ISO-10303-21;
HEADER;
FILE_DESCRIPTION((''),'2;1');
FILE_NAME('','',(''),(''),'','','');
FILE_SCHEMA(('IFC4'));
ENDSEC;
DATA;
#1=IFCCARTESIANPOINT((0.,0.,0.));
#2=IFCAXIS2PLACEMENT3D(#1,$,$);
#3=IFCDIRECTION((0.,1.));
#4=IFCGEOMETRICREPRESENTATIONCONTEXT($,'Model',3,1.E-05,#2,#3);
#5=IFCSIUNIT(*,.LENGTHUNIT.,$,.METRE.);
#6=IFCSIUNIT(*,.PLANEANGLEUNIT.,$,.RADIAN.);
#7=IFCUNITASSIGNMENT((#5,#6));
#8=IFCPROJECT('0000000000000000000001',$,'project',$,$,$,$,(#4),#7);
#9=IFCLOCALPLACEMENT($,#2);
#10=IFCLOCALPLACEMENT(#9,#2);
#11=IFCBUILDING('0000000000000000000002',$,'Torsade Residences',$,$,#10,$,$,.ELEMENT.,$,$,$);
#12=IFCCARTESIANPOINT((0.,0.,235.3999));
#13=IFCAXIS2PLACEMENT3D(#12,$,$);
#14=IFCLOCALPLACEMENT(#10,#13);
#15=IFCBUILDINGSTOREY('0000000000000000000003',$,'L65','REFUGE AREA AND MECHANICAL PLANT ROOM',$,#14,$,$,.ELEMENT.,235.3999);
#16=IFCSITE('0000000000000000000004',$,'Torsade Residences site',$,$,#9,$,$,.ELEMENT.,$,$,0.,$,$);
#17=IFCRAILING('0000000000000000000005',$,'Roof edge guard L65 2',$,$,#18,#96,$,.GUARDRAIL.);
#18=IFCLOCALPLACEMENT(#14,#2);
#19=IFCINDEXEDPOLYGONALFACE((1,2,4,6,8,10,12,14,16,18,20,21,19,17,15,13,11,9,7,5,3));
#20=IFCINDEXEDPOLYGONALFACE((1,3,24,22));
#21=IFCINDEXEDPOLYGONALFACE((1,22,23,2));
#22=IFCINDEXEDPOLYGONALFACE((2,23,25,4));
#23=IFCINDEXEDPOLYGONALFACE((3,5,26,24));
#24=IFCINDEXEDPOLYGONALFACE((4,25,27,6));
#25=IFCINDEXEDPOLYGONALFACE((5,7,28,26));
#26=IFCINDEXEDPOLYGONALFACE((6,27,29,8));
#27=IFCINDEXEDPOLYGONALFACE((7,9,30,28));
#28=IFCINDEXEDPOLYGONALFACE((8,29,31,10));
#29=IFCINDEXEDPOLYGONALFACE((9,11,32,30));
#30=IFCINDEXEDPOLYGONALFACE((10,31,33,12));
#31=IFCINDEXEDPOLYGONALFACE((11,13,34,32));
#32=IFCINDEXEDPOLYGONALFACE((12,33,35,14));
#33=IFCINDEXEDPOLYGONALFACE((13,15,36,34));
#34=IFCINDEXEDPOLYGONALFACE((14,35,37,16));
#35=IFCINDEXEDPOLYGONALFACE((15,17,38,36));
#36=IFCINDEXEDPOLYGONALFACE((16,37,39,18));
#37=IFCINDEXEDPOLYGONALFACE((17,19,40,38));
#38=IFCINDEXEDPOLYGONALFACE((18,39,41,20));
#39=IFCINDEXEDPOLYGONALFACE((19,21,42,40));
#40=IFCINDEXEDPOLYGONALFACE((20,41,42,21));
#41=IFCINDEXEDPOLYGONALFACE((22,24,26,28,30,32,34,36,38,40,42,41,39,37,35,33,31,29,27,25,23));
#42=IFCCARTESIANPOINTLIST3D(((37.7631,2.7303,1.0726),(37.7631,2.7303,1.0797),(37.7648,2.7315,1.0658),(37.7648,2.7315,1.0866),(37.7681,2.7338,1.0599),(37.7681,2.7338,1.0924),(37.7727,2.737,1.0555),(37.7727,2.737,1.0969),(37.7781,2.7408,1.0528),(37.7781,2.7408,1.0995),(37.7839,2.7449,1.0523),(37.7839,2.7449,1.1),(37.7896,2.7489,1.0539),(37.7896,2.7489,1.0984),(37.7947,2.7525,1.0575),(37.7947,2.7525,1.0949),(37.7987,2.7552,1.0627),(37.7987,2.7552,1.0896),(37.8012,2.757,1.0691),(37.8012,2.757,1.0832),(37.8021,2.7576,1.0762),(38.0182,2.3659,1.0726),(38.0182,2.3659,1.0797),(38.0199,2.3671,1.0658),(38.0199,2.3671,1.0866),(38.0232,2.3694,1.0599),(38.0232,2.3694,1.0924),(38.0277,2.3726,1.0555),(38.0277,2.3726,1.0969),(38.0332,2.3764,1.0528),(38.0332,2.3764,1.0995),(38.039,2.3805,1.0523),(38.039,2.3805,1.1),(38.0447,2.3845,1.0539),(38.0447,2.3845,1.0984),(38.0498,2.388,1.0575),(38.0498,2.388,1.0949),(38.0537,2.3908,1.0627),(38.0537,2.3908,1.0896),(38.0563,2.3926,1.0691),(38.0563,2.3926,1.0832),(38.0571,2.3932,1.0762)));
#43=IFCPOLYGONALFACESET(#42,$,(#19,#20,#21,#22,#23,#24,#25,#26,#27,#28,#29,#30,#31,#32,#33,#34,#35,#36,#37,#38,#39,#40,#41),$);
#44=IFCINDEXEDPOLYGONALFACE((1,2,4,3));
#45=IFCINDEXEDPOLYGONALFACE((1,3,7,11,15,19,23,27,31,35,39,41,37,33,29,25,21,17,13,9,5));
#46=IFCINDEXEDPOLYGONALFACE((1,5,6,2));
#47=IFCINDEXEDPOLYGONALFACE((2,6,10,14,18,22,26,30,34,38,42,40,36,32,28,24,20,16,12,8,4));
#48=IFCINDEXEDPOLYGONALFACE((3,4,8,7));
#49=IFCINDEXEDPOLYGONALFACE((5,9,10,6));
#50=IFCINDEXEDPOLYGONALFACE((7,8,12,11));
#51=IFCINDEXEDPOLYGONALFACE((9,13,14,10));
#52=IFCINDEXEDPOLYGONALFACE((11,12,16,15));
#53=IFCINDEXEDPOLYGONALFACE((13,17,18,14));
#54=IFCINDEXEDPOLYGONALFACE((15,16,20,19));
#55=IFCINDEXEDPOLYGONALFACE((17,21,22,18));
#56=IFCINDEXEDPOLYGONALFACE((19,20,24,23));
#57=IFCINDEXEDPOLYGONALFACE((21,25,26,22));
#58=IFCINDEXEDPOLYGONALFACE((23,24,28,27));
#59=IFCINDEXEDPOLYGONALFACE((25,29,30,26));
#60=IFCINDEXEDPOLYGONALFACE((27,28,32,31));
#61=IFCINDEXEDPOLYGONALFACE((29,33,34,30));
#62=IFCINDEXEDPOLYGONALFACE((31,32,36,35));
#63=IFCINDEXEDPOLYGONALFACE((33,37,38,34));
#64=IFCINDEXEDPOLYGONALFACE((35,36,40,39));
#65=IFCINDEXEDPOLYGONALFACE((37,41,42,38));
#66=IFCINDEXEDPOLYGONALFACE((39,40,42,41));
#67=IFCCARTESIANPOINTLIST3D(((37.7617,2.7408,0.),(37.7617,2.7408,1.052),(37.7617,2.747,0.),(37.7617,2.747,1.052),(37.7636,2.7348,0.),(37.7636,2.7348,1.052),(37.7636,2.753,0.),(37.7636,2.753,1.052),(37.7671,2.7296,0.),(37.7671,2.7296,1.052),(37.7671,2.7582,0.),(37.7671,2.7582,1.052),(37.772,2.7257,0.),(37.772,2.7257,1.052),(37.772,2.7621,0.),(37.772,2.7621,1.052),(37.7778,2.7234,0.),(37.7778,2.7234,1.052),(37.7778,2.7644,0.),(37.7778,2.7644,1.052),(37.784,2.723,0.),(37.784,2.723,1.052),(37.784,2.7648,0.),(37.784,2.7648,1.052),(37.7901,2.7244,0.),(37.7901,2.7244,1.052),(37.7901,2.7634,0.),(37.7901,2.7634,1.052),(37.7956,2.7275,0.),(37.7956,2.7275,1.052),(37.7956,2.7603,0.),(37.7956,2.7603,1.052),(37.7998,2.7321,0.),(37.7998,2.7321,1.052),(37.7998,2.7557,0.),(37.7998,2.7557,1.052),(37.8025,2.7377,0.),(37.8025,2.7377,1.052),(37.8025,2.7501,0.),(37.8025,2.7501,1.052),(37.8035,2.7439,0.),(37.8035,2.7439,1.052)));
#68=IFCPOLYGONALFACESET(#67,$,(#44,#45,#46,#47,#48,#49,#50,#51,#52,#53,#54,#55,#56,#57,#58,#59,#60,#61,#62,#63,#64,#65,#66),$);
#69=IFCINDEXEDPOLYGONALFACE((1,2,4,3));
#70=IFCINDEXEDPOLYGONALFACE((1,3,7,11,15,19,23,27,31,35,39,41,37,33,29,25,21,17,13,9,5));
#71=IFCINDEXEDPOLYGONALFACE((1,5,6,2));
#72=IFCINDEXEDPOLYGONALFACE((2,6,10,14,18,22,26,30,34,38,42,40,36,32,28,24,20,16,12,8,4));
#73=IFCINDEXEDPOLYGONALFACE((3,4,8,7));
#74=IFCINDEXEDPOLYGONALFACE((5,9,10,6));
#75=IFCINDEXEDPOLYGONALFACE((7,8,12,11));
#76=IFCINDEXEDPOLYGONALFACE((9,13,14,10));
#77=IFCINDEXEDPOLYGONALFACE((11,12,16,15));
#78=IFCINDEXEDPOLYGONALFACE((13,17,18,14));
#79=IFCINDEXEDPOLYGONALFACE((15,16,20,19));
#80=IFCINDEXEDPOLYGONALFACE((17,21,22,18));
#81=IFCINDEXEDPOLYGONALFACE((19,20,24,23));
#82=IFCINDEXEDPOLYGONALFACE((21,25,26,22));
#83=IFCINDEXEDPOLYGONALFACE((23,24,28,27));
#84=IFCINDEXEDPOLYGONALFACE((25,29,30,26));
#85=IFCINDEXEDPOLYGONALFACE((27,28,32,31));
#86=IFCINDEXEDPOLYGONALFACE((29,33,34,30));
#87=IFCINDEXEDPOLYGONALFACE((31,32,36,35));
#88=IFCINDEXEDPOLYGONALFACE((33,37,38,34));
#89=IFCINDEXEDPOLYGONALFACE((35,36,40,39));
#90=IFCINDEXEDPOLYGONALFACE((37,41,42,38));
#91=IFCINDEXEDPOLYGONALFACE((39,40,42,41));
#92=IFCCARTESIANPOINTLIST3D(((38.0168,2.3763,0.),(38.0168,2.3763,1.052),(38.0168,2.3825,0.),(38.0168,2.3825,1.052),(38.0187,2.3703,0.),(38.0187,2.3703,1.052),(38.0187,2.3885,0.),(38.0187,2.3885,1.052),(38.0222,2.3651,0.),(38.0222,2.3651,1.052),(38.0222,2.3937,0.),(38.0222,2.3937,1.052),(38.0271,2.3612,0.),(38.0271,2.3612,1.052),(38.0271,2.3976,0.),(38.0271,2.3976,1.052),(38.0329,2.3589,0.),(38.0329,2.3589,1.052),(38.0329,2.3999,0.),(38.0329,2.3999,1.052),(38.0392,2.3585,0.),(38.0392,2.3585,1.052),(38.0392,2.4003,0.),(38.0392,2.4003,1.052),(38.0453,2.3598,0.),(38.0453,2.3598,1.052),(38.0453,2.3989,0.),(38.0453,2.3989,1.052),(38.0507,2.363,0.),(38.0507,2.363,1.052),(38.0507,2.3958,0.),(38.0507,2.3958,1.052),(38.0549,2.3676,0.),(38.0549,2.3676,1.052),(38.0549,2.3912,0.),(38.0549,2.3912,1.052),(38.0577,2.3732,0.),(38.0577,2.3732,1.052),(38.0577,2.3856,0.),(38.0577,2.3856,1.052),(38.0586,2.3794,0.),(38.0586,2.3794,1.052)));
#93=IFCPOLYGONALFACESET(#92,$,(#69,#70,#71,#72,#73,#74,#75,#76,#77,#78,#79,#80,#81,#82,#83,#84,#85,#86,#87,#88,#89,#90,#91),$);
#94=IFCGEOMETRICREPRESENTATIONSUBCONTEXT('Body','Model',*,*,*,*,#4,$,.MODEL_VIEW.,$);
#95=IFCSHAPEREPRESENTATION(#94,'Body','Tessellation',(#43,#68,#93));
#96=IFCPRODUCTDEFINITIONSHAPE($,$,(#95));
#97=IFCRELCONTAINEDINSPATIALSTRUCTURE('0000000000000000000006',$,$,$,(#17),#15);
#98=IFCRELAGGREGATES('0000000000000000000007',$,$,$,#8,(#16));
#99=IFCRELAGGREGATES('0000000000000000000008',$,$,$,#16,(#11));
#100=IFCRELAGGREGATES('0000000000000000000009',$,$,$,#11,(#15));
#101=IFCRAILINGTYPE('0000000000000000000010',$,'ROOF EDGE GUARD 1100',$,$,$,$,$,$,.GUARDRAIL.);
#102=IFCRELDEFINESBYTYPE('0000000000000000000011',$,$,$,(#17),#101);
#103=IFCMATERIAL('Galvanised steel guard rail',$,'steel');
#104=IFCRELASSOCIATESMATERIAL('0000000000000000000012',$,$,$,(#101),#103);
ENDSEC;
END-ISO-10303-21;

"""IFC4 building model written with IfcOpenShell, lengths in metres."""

from ifc_helpers import new_model, si_unit, direction, frame, origin, origin_2d, place, context, subcontext, project, spatial, circle, extrude, material, type_object, element, save


model = new_model("IFC4")

# Units and contexts
model_context = context("Model", 3, precision=1e-05, world=origin(), true_north=direction((0.0, 1.0)))
body_context = subcontext(model_context, "Body", "Model", "MODEL_VIEW")
ifc_project = project(units=[si_unit("LENGTHUNIT", "METRE"), si_unit("PLANEANGLEUNIT", "RADIAN")], contexts=[model_context])

# Site, building, storey
site_placement = place(None, origin())
site = spatial("IfcSite", under=ifc_project, at=site_placement, Name="Torsade Residences site", CompositionType="ELEMENT", RefElevation=0.0)
building_placement = place(site_placement, origin())
building = spatial("IfcBuilding", under=site, at=building_placement, Name="Torsade Residences", CompositionType="ELEMENT")
storey_placement = place(building_placement, frame((0.0, 0.0, 235.3999)))
storey = spatial("IfcBuildingStorey", under=building, at=storey_placement, Name="L65", Description="REFUGE AREA AND MECHANICAL PLANT ROOM", CompositionType="ELEMENT", Elevation=235.3999)

# Railing
ifc_material_1 = material(Name="Galvanised steel guard rail", Category="steel")
railing_type = type_object("IfcRailingType", Name="ROOF EDGE GUARD 1100", PredefinedType="GUARDRAIL", material=ifc_material_1)
railing_1_placement = place(storey_placement, frame((37.7825, 2.7439, 0.0)))
element("IfcRailing", 1, at=railing_1_placement, inside=storey, type_object=railing_type, Name="Roof edge guard L65 2", PredefinedType="GUARDRAIL", context=body_context, shape_type="SweptSolid", body=[
    extrude(circle(Radius=0.0239, at=origin_2d()), frame((0.0, 0.0, 1.0762), z_axis=(0.573426, -0.819258, 0.0), x_axis=(0.819258, 0.573426, 0.0)), (0.0, 0.0, 1.0), 0.4448),
    extrude(circle(Radius=0.021, at=origin_2d()), origin(), (0.0, 0.0, 1.0), 1.052),
    extrude(circle(Radius=0.021, at=origin_2d()), frame((0.2551, -0.3645, 0.0)), (0.0, 0.0, 1.0), 1.052),
])

save(model, "model.ifc")
